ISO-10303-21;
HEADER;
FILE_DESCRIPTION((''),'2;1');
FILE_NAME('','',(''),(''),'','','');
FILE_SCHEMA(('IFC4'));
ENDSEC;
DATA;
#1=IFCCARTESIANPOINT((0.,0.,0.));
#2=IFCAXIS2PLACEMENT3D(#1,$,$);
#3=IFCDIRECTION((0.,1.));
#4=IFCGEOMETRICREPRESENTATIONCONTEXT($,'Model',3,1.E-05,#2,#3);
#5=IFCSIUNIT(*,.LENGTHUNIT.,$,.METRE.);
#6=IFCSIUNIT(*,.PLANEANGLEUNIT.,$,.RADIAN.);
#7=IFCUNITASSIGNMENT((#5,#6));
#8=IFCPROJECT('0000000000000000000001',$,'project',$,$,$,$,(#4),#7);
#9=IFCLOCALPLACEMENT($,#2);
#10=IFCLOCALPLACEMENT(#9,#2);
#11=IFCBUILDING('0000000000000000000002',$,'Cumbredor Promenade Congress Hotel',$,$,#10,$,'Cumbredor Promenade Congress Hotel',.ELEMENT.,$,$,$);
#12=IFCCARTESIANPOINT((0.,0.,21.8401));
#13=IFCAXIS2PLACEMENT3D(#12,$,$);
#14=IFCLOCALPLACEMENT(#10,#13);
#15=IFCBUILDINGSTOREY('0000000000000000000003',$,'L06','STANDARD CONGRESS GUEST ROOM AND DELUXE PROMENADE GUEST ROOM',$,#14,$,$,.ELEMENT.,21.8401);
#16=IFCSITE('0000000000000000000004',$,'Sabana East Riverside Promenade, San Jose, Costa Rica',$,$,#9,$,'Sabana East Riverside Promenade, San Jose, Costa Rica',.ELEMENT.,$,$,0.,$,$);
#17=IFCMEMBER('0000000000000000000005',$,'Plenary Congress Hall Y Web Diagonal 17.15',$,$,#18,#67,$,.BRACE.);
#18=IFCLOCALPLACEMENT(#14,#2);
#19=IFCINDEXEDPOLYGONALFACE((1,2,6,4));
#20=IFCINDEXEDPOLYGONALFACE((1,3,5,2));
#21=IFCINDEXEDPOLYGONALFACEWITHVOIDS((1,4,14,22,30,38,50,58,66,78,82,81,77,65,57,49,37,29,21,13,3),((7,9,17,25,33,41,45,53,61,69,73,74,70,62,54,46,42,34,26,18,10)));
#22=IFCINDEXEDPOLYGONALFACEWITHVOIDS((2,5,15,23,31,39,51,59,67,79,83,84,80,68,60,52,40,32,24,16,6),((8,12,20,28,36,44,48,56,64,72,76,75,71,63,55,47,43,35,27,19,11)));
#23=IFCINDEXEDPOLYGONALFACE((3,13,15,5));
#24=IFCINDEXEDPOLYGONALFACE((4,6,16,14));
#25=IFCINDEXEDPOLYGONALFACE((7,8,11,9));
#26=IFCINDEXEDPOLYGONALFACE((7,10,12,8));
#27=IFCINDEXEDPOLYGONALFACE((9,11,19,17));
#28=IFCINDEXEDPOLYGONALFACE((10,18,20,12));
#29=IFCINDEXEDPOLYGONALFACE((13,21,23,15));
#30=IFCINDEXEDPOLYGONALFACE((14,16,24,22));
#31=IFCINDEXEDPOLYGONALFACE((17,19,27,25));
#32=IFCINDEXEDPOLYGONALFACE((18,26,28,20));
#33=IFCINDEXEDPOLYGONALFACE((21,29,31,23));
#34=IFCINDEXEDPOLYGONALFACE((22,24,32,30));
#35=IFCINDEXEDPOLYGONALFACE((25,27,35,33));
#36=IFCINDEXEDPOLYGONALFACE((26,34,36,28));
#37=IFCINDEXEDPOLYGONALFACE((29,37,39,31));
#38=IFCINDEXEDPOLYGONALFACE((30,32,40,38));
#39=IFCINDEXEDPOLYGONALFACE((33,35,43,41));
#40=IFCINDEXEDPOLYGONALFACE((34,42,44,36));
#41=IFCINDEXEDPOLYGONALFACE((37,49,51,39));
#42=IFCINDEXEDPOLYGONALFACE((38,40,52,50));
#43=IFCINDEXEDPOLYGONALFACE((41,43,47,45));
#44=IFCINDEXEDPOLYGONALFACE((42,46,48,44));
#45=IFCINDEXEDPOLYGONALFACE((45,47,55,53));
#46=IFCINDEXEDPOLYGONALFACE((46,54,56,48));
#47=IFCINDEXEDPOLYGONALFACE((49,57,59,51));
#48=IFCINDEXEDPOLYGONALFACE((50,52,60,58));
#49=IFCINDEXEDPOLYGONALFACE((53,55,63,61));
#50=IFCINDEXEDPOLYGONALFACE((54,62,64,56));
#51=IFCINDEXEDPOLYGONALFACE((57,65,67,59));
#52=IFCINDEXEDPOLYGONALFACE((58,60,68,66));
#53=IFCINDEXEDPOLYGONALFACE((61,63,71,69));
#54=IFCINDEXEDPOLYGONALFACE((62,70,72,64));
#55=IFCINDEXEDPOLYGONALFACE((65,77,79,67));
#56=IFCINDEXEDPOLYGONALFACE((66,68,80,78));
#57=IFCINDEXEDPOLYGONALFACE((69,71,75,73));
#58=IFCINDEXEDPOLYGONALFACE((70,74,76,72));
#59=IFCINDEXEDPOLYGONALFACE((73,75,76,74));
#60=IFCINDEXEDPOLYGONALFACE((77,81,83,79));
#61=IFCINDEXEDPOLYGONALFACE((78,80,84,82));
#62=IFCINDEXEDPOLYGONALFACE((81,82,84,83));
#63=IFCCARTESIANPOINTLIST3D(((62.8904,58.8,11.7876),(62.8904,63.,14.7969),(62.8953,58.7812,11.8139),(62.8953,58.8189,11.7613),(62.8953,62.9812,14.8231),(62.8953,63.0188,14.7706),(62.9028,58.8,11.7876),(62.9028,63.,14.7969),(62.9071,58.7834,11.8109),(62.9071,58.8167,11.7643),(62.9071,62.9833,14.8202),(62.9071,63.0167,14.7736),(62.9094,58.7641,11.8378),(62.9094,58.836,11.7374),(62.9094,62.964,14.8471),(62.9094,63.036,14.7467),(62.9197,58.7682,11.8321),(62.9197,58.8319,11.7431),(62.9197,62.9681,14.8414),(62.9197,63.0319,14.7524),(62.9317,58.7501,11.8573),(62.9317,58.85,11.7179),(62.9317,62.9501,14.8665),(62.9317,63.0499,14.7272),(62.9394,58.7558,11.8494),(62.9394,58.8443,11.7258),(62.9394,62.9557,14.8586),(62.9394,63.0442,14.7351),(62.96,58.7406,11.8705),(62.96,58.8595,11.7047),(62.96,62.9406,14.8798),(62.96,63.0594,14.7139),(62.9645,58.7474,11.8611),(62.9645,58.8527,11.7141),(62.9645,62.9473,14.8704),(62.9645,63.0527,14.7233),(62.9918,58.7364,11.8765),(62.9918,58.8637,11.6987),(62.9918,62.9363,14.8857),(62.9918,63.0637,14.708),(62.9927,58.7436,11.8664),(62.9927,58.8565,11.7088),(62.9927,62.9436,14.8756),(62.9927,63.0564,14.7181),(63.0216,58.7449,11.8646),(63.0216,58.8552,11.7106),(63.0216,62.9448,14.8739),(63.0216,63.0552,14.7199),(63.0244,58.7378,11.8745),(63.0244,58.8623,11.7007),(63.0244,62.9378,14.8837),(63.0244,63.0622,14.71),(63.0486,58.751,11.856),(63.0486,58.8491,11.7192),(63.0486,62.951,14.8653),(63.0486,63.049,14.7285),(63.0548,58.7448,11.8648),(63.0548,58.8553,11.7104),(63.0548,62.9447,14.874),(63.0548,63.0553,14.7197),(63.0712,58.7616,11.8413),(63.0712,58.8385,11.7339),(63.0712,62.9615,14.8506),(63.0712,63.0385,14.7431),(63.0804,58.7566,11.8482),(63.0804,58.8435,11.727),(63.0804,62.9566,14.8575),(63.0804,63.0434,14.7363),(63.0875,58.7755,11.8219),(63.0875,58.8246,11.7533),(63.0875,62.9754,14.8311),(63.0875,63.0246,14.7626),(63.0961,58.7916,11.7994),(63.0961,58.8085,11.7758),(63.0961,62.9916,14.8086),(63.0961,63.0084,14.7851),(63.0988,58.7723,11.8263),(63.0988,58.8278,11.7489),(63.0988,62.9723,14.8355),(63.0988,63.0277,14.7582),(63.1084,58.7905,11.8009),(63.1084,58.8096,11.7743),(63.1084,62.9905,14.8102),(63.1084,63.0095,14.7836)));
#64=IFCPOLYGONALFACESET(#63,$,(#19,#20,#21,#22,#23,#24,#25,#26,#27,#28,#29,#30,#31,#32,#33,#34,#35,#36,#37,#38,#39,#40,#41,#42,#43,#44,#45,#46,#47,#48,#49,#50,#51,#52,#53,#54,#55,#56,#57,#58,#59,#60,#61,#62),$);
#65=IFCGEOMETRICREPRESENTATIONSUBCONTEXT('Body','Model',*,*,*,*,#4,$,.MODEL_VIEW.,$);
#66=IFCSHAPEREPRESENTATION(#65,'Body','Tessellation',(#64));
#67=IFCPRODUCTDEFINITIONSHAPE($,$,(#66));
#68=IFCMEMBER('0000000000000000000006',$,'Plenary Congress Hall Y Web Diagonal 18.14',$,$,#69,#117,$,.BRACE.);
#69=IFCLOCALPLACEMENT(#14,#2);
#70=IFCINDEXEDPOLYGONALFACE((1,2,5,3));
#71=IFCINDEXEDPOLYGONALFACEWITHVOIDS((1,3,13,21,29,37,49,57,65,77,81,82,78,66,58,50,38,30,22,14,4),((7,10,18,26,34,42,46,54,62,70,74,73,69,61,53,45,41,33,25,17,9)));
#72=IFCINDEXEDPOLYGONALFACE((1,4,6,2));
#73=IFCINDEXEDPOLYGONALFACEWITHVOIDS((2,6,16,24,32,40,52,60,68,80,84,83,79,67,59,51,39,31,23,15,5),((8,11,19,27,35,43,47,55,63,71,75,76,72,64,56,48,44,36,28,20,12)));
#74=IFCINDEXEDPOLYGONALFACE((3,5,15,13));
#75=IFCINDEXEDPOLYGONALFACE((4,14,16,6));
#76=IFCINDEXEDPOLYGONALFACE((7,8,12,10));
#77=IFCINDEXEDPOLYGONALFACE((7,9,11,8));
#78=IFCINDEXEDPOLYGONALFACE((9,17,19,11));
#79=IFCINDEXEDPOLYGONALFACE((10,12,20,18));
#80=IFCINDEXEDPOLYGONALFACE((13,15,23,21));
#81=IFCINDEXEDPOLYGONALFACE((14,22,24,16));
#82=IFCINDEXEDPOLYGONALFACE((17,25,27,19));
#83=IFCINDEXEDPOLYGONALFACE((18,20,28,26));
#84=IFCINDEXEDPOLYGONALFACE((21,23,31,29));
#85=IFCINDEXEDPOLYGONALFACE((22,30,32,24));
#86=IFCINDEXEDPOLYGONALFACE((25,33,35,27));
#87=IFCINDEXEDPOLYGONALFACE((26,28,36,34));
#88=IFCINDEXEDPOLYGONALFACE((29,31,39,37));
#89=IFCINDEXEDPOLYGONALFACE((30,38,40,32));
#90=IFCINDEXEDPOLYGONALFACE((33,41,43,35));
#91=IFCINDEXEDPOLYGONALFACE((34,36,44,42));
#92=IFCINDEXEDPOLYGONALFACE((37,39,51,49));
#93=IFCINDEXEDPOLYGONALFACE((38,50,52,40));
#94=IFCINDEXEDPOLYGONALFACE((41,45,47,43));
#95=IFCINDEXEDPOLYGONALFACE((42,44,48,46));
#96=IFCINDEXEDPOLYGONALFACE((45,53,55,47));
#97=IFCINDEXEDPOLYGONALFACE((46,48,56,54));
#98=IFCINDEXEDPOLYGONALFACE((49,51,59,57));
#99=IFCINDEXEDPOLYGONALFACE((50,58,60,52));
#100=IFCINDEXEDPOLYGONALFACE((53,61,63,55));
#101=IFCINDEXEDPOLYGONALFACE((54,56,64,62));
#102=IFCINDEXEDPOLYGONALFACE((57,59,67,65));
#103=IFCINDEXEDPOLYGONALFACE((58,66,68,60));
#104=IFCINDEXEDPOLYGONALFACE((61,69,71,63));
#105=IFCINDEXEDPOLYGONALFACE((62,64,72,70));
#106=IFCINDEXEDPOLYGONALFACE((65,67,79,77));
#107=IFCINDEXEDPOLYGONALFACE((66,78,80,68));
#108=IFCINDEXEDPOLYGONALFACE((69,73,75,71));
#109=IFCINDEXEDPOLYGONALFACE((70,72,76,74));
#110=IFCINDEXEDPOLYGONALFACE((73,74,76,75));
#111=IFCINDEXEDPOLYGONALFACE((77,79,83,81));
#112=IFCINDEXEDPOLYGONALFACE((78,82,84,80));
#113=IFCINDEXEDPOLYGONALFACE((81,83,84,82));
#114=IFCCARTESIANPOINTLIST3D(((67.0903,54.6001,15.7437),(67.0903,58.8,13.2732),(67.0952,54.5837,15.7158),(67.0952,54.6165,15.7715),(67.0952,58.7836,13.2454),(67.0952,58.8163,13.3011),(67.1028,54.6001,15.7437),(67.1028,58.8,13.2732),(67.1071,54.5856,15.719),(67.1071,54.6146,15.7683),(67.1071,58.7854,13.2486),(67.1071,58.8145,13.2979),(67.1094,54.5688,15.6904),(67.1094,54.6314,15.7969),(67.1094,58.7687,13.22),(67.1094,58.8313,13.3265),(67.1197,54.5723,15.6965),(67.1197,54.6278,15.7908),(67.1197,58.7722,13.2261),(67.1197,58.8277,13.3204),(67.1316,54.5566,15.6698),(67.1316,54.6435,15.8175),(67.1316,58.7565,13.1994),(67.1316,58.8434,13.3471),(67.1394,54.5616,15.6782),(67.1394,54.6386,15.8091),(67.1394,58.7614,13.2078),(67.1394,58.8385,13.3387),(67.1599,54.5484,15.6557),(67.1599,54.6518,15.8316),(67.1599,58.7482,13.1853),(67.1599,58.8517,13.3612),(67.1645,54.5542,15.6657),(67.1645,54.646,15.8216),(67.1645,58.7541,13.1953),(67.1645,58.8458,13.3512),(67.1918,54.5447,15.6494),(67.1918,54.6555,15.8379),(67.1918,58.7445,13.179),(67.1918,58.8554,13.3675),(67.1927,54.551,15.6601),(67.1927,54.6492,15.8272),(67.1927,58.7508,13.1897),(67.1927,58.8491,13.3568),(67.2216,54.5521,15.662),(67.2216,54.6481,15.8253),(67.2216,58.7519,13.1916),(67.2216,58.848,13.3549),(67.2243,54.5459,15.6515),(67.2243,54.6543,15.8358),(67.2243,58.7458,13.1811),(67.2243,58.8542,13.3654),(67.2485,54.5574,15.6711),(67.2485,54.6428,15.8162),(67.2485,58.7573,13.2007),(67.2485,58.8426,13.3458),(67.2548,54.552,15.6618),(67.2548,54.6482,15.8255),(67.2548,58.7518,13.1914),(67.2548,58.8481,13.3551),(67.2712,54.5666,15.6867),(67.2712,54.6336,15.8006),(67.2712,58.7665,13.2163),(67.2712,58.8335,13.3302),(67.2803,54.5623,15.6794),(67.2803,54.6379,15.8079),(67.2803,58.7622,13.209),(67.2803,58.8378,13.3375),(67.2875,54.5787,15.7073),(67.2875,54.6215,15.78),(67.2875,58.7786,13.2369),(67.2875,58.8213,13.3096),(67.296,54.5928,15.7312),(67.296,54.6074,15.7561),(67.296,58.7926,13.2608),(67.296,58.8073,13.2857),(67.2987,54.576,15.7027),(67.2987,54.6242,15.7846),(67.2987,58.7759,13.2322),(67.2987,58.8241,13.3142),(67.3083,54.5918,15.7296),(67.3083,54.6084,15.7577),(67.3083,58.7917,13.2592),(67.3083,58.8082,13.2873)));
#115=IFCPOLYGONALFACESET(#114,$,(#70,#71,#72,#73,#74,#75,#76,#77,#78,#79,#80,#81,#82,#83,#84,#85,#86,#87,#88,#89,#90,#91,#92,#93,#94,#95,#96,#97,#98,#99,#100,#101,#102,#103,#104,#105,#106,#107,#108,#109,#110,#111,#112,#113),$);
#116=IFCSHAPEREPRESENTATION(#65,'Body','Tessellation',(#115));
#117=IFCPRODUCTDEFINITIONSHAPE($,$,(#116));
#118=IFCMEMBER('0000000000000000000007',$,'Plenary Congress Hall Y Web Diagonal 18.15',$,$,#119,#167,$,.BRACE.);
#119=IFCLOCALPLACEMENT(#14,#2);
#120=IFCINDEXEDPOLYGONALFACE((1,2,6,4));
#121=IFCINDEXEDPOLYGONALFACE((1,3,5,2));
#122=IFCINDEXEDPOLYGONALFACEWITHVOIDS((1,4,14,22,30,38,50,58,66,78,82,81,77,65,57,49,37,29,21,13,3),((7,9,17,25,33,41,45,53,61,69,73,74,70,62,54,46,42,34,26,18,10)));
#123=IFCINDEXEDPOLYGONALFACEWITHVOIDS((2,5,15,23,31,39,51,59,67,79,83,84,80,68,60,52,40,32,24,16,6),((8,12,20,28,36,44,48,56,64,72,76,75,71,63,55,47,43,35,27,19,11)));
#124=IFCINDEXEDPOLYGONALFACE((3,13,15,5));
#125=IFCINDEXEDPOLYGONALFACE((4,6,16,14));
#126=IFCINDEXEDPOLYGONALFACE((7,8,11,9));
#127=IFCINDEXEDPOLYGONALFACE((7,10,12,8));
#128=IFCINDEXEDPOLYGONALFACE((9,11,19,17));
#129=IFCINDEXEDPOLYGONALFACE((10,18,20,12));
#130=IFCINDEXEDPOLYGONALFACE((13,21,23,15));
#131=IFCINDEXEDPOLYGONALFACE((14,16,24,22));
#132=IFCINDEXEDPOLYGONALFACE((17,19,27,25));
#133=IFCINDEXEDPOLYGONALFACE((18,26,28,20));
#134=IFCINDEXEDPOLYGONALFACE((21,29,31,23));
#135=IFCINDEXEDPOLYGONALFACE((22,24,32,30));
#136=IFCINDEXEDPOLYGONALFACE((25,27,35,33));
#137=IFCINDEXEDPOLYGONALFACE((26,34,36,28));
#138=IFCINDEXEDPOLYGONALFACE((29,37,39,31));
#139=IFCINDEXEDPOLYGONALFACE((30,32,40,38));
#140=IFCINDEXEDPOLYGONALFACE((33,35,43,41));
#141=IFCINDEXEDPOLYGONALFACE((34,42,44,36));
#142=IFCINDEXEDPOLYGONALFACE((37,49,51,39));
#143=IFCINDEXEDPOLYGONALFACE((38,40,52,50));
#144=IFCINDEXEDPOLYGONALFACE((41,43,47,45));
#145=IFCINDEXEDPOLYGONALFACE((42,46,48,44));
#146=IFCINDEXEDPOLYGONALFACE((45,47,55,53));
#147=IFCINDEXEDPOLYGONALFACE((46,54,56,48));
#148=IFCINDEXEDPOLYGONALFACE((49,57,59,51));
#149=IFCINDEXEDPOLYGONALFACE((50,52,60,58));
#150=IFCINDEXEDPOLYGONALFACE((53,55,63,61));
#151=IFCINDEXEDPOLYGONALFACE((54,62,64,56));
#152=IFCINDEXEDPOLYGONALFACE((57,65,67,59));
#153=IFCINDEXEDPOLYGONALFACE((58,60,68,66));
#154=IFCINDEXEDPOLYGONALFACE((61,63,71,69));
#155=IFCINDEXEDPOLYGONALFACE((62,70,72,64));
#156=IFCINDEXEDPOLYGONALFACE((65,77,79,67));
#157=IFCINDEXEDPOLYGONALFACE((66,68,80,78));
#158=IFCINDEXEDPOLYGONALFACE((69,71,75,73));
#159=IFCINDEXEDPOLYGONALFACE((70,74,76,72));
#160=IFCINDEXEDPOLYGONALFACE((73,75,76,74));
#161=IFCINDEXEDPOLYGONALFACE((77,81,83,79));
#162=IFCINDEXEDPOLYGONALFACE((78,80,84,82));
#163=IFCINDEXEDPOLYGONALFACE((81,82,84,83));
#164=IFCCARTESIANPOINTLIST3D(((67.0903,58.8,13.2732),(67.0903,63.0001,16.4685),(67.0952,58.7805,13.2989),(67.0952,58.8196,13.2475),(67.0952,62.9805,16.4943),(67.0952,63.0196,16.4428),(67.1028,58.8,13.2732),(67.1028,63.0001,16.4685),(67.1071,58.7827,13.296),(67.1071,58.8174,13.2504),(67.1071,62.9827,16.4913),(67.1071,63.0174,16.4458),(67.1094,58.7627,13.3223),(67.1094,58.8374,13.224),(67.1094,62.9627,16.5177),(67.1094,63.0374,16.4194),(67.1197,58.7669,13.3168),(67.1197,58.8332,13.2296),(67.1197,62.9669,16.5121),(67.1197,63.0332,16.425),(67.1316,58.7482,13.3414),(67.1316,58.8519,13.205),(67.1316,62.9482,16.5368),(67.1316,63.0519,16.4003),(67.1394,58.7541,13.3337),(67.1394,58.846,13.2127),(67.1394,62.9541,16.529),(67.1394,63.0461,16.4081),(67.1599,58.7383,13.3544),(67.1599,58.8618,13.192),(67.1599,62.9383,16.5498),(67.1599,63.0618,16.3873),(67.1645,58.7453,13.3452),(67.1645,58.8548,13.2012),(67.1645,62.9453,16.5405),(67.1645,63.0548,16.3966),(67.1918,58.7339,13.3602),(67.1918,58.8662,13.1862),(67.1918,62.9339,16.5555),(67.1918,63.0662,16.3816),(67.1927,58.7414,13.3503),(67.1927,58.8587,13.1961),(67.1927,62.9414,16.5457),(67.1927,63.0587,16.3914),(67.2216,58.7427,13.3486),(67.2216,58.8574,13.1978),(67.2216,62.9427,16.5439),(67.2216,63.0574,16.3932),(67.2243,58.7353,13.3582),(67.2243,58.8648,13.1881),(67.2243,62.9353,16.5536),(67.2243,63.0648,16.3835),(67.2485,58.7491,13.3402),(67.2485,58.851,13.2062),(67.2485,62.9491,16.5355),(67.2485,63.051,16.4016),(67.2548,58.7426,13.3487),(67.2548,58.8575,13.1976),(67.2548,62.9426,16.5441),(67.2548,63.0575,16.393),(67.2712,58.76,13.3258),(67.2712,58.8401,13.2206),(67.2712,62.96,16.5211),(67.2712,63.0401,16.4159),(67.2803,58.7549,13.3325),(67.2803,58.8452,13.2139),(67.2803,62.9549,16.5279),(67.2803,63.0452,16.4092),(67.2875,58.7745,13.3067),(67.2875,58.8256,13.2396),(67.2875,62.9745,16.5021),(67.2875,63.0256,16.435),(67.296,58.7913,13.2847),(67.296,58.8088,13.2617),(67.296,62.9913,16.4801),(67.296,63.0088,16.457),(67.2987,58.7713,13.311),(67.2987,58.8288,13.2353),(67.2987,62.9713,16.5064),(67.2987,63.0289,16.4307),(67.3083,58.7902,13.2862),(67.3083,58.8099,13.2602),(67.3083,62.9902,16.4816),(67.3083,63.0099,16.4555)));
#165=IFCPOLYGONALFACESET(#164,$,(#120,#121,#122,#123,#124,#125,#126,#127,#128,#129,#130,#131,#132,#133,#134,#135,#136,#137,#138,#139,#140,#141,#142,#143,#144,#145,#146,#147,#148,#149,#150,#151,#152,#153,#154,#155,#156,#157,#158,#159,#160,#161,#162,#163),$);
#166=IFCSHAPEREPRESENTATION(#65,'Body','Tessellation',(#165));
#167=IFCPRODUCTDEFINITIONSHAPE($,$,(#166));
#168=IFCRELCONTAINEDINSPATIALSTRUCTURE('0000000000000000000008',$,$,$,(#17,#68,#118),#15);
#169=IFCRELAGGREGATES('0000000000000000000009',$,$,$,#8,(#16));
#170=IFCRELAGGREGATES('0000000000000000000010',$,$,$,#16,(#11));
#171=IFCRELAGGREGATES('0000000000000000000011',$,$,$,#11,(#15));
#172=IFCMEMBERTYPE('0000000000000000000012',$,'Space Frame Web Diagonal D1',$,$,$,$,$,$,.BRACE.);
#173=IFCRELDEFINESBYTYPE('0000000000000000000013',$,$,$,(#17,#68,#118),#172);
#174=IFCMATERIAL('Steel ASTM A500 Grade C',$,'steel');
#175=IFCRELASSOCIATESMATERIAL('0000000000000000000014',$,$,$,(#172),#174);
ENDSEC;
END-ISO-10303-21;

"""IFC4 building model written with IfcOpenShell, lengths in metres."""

from ifc_helpers import new_model, si_unit, direction, frame, origin, origin_2d, place, context, subcontext, project, spatial, hollow_circle, extrude, material, material_profile, profile_set, type_object, element, save


model = new_model("IFC4")

# Units and contexts
model_context = context("Model", 3, precision=1e-05, world=origin(), true_north=direction((0.0, 1.0)))
body_context = subcontext(model_context, "Body", "Model", "MODEL_VIEW")
ifc_project = project(units=[si_unit("LENGTHUNIT", "METRE"), si_unit("PLANEANGLEUNIT", "RADIAN")], contexts=[model_context])

# Site, building, storey
site_placement = place(None, origin())
site = spatial("IfcSite", under=ifc_project, at=site_placement, Name="Sabana East Riverside Promenade, San Jose, Costa Rica", LongName="Sabana East Riverside Promenade, San Jose, Costa Rica", CompositionType="ELEMENT", RefElevation=0.0)
building_placement = place(site_placement, origin())
building = spatial("IfcBuilding", under=site, at=building_placement, Name="Cumbredor Promenade Congress Hotel", LongName="Cumbredor Promenade Congress Hotel", CompositionType="ELEMENT")
storey_placement = place(building_placement, frame((0.0, 0.0, 21.8401)))
storey = spatial("IfcBuildingStorey", under=building, at=storey_placement, Name="L06", Description="STANDARD CONGRESS GUEST ROOM AND DELUXE PROMENADE GUEST ROOM", CompositionType="ELEMENT", Elevation=21.8401)

# Members
ifc_material_1 = material(Name="Steel ASTM A500 Grade C", Category="steel")
ifc_material_profile_1 = material_profile(ifc_material_1, hollow_circle(Radius=0.1096, WallThickness=0.0125, at=origin_2d()), Name="CHS 219.1x12.5")
ifc_profile_set_1 = profile_set([ifc_material_profile_1], Name="Steel ASTM A500 Grade C")
member_type_1 = type_object("IfcMemberType", Name="Space Frame Web Diagonal D1", PredefinedType="BRACE", material=ifc_profile_set_1)
member_1_placement = place(storey_placement, frame((63.0, 58.8, 11.7876), z_axis=(0.0, 0.81288, 0.582431), x_axis=(-1.0, 0.0, 0.0)))
element("IfcMember", 1, at=member_1_placement, inside=storey, type_object=member_type_1, Name="Plenary Congress Hall Y Web Diagonal 17.15", PredefinedType="BRACE", context=body_context, shape_type="SweptSolid", body=[
    extrude(hollow_circle(Radius=0.1096, WallThickness=0.0125, at=origin_2d()), origin(), (0.0, 0.0, 1.0), 5.1667),
])
member_2_placement = place(storey_placement, frame((67.2, 54.6001, 15.7437), z_axis=(0.0, 0.861943, -0.507005), x_axis=(-1.0, 0.0, 0.0)))
element("IfcMember", 2, at=member_2_placement, inside=storey, type_object=member_type_1, Name="Plenary Congress Hall Y Web Diagonal 18.14", PredefinedType="BRACE", context=body_context, shape_type="SweptSolid", body=[
    extrude(hollow_circle(Radius=0.1096, WallThickness=0.0125, at=origin_2d()), origin(), (0.0, 0.0, 1.0), 4.8726),
])
member_3_placement = place(storey_placement, frame((67.2, 58.8, 13.2732), z_axis=(0.0, 0.795856, 0.605486), x_axis=(-1.0, 0.0, 0.0)))
element("IfcMember", 3, at=member_3_placement, inside=storey, type_object=member_type_1, Name="Plenary Congress Hall Y Web Diagonal 18.15", PredefinedType="BRACE", context=body_context, shape_type="SweptSolid", body=[
    extrude(hollow_circle(Radius=0.1096, WallThickness=0.0125, at=origin_2d()), origin(), (0.0, 0.0, 1.0), 5.2773),
])

save(model, "model.ifc")
